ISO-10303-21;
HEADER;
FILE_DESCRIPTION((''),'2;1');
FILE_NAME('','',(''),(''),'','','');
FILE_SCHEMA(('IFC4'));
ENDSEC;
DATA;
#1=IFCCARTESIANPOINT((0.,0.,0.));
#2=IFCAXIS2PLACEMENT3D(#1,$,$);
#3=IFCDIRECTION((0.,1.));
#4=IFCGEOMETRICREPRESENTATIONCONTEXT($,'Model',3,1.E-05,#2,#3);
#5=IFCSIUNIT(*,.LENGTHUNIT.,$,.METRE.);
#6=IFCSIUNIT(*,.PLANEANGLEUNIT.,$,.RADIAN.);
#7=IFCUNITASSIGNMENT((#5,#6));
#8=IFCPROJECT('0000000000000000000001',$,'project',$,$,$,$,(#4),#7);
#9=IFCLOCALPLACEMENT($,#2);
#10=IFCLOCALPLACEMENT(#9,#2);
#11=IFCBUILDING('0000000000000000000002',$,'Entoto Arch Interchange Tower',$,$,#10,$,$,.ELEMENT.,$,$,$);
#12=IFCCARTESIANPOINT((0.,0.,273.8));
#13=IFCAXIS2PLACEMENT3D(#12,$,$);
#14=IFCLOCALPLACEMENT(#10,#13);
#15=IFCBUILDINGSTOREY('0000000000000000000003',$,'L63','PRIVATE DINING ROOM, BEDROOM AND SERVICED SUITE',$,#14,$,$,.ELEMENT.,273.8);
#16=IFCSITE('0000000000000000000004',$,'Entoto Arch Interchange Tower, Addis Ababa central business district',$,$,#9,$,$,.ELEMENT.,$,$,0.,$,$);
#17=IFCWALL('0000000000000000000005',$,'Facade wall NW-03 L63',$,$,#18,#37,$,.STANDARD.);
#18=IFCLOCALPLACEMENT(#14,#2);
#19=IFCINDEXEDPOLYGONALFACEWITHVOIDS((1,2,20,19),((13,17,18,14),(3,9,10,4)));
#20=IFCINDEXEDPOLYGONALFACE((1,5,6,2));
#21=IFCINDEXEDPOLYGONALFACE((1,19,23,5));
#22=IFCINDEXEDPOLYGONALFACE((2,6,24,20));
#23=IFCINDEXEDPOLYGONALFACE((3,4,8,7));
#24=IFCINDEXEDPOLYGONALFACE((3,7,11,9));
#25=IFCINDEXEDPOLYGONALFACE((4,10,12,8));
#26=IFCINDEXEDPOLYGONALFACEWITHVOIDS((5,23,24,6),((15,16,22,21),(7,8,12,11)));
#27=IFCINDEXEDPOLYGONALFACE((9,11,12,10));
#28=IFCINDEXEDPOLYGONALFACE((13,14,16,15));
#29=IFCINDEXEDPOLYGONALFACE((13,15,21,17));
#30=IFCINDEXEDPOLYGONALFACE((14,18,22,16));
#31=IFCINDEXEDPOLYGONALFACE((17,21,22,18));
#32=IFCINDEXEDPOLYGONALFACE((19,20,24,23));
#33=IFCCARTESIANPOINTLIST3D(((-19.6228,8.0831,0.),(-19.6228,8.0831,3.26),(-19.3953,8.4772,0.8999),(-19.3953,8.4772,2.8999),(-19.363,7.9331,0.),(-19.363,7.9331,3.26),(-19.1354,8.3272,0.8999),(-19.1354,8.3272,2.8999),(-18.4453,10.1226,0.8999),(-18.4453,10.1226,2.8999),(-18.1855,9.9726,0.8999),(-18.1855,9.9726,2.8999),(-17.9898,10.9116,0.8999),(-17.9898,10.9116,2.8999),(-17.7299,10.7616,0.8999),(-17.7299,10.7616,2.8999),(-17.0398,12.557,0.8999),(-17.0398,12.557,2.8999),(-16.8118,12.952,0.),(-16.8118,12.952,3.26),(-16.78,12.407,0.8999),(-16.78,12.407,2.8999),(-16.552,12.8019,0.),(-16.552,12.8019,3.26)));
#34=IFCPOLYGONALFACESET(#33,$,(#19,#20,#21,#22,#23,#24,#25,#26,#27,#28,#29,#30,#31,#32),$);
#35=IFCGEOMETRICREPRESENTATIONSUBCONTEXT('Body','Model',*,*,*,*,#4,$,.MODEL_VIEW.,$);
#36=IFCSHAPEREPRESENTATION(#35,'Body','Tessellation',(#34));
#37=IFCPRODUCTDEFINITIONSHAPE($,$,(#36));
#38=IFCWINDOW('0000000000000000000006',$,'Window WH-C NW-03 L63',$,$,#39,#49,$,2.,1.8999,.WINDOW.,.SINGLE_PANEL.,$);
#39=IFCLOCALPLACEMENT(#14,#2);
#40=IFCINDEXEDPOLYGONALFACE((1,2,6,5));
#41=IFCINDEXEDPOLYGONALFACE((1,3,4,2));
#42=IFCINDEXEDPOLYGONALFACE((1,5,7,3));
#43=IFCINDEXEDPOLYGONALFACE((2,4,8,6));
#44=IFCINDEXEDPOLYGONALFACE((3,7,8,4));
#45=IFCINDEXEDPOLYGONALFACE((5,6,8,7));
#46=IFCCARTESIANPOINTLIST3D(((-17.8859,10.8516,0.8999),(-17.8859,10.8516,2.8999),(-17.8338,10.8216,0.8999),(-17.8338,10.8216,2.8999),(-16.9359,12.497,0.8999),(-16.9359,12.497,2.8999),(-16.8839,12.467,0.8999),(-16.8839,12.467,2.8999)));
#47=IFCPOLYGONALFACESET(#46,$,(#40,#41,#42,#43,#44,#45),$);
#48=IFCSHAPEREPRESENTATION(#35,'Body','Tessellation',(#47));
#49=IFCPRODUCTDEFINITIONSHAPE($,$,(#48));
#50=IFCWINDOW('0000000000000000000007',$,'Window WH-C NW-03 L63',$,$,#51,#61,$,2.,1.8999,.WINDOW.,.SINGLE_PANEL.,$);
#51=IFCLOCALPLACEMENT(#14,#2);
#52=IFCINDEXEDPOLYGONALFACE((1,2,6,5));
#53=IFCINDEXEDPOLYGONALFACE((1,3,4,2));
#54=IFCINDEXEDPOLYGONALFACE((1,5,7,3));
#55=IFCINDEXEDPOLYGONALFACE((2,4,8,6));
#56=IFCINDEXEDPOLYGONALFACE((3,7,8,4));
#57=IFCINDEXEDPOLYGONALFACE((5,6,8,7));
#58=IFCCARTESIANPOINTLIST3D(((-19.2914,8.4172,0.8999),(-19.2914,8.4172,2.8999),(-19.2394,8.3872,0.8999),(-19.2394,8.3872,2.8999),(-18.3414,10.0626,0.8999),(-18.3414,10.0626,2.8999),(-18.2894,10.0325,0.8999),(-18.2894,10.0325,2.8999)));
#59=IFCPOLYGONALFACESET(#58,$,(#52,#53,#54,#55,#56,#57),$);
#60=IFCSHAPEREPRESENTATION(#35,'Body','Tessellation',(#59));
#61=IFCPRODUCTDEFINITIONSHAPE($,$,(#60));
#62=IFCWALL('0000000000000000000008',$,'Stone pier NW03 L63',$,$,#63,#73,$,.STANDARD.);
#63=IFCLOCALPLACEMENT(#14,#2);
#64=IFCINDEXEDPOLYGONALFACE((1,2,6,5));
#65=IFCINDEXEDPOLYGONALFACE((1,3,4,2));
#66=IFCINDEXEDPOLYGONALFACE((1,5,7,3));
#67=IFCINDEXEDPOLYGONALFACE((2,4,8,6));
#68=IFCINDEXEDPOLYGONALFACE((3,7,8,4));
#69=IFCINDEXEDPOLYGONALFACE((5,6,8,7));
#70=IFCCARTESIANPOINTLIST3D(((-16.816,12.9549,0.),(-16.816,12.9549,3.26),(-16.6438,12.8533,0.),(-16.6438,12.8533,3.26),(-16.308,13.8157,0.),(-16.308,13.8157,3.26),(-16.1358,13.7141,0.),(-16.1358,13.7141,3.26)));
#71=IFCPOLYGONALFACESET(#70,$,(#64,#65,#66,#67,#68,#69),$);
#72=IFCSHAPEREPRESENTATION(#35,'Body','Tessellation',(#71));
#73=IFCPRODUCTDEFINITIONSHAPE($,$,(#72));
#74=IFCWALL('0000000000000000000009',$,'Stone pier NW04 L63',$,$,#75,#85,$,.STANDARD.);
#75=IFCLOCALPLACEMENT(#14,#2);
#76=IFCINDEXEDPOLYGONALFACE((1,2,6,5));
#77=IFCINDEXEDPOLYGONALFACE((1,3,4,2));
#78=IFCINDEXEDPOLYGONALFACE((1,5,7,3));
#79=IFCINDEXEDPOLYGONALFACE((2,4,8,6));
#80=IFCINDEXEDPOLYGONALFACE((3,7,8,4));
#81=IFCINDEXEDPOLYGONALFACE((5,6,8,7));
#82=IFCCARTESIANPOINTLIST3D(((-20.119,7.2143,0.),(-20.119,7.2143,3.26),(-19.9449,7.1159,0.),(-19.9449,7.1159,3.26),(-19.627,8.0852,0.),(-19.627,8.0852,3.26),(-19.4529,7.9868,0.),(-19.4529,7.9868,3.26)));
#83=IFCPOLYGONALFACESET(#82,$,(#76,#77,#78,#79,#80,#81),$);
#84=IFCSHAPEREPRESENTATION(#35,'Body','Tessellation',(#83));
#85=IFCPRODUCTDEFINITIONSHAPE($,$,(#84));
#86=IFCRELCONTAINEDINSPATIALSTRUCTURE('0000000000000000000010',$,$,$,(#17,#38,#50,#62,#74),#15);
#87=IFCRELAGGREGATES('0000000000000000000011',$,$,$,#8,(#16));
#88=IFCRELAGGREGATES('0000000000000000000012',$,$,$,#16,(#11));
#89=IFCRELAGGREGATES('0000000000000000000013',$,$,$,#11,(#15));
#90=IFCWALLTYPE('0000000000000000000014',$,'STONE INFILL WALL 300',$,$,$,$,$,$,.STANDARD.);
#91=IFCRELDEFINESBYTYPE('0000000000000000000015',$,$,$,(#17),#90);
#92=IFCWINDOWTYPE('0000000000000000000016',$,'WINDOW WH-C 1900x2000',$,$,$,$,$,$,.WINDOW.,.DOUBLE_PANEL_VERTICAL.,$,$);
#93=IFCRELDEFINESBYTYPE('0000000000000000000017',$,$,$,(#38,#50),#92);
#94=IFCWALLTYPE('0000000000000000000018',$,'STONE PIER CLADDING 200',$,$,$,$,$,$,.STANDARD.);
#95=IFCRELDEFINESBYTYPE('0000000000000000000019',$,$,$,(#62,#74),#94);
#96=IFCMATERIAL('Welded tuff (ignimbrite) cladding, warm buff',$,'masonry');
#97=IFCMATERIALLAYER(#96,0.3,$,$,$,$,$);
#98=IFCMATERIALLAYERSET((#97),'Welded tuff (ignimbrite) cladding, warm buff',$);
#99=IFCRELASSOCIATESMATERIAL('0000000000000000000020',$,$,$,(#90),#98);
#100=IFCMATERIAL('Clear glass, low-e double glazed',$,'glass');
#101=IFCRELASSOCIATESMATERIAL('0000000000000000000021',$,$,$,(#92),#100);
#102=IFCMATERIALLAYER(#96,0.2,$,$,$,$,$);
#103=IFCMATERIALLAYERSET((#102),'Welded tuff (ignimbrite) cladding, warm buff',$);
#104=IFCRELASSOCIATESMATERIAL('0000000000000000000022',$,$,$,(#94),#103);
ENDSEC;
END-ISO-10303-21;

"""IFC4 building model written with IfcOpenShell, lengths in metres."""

from ifc_helpers import new_model, si_unit, direction, frame, frame_2d, origin, place, context, subcontext, project, spatial, rectangle, extrude, material, layer, layer_set, type_object, element, fill, save


model = new_model("IFC4")

# Units and contexts
model_context = context("Model", 3, precision=1e-05, world=origin(), true_north=direction((0.0, 1.0)))
body_context = subcontext(model_context, "Body", "Model", "MODEL_VIEW")
ifc_project = project(units=[si_unit("LENGTHUNIT", "METRE"), si_unit("PLANEANGLEUNIT", "RADIAN")], contexts=[model_context])

# Site, building, storey
site_placement = place(None, origin())
site = spatial("IfcSite", under=ifc_project, at=site_placement, Name="Entoto Arch Interchange Tower, Addis Ababa central business district", CompositionType="ELEMENT", RefElevation=0.0)
building_placement = place(site_placement, origin())
building = spatial("IfcBuilding", under=site, at=building_placement, Name="Entoto Arch Interchange Tower", CompositionType="ELEMENT")
storey_placement = place(building_placement, frame((0.0, 0.0, 273.8)))
storey = spatial("IfcBuildingStorey", under=building, at=storey_placement, Name="L63", Description="PRIVATE DINING ROOM, BEDROOM AND SERVICED SUITE", CompositionType="ELEMENT", Elevation=273.8)

# Wall, openings, windows
ifc_material_1 = material(Name="Welded tuff (ignimbrite) cladding, warm buff", Category="masonry")
ifc_layer_1 = layer(ifc_material_1, 0.3)
ifc_layer_set_1 = layer_set([ifc_layer_1], Name="Welded tuff (ignimbrite) cladding, warm buff")
wall_type_1 = type_object("IfcWallType", Name="STONE INFILL WALL 300", PredefinedType="STANDARD", material=ifc_layer_set_1)
wall_1_placement = place(storey_placement, frame((-16.6819, 12.877, 0.0), z_axis=(0.0, 0.0, 1.0), x_axis=(-0.499997, -0.866027, 0.0)))
wall_1 = element("IfcWall", 1, at=wall_1_placement, inside=storey, type_object=wall_type_1, Name="Facade wall NW-03 L63", PredefinedType="STANDARD", context=body_context, shape_type="SweptSolid", body=[
    extrude(rectangle(XDim=5.6221, YDim=0.3, at=frame_2d((2.811, 0.0))), origin(), (0.0, 0.0, 1.0), 3.26),
])
opening_1_placement = place(wall_1_placement, frame((0.4561, 0.0, 0.8999)))
opening_1 = element("IfcOpeningElement", 2, at=opening_1_placement, cuts=wall_1, PredefinedType="OPENING", context=body_context, shape_type="SweptSolid", body=[
    extrude(rectangle(XDim=1.8999, YDim=2.0, at=frame_2d((0.95, 1.0))), frame((0.0, 0.1602, 0.0), z_axis=(0.0, -1.0, 0.0), x_axis=(1.0, 0.0, 0.0)), (0.0, 0.0, 1.0), 0.3201),
])
opening_2_placement = place(wall_1_placement, frame((3.2671, 0.0, 0.8999)))
opening_2 = element("IfcOpeningElement", 3, at=opening_2_placement, cuts=wall_1, PredefinedType="OPENING", context=body_context, shape_type="SweptSolid", body=[
    extrude(rectangle(XDim=1.8999, YDim=2.0, at=frame_2d((0.95, 1.0))), frame((0.0, 0.1602, 0.0), z_axis=(0.0, -1.0, 0.0), x_axis=(1.0, 0.0, 0.0)), (0.0, 0.0, 1.0), 0.3201),
])
ifc_material_2 = material(Name="Clear glass, low-e double glazed", Category="glass")
window_type = type_object("IfcWindowType", Name="WINDOW WH-C 1900x2000", PartitioningType="DOUBLE_PANEL_VERTICAL", PredefinedType="WINDOW", material=ifc_material_2)
window_1_placement = place(opening_1_placement, origin())
window_1 = element("IfcWindow", 4, at=window_1_placement, inside=storey, type_object=window_type, Name="Window WH-C NW-03 L63", OverallHeight=2.0, OverallWidth=1.8999, PartitioningType="SINGLE_PANEL", PredefinedType="WINDOW", context=body_context, shape_type="SweptSolid", body=[
    extrude(rectangle(XDim=1.8999, YDim=2.0, at=frame_2d((0.95, 1.0))), frame((0.0, 0.03, 0.0), z_axis=(0.0, -1.0, 0.0), x_axis=(1.0, 0.0, 0.0)), (0.0, 0.0, 1.0), 0.0601),
])
fill(opening_1, window_1)
window_2_placement = place(opening_2_placement, origin())
window_2 = element("IfcWindow", 5, at=window_2_placement, inside=storey, type_object=window_type, Name="Window WH-C NW-03 L63", OverallHeight=2.0, OverallWidth=1.8999, PartitioningType="SINGLE_PANEL", PredefinedType="WINDOW", context=body_context, shape_type="SweptSolid", body=[
    extrude(rectangle(XDim=1.8999, YDim=2.0, at=frame_2d((0.95, 1.0))), frame((0.0, 0.03, 0.0), z_axis=(0.0, -1.0, 0.0), x_axis=(1.0, 0.0, 0.0)), (0.0, 0.0, 1.0), 0.0601),
])
fill(opening_2, window_2)

# Walls
ifc_layer_2 = layer(ifc_material_1, 0.2)
ifc_layer_set_2 = layer_set([ifc_layer_2], Name="Welded tuff (ignimbrite) cladding, warm buff")
wall_type_2 = type_object("IfcWallType", Name="STONE PIER CLADDING 200", PredefinedType="STANDARD", material=ifc_layer_set_2)
wall_2_placement = place(storey_placement, frame((-16.2219, 13.7649, 0.0), z_axis=(0.0, 0.0, 1.0), x_axis=(-0.508268, -0.861199, 0.0)))
element("IfcWall", 6, at=wall_2_placement, inside=storey, type_object=wall_type_2, Name="Stone pier NW03 L63", PredefinedType="STANDARD", context=body_context, shape_type="SweptSolid", body=[
    extrude(rectangle(XDim=0.9995, YDim=0.2, at=frame_2d((0.4998, 0.0))), origin(), (0.0, 0.0, 1.0), 3.26),
])
wall_3_placement = place(storey_placement, frame((-19.54, 8.0359, 0.0), z_axis=(0.0, 0.0, 1.0), x_axis=(-0.491848, -0.870681, 0.0)))
element("IfcWall", 7, at=wall_3_placement, inside=storey, type_object=wall_type_2, Name="Stone pier NW04 L63", PredefinedType="STANDARD", context=body_context, shape_type="SweptSolid", body=[
    extrude(rectangle(XDim=1.0002, YDim=0.2, at=frame_2d((0.5, 0.0))), origin(), (0.0, 0.0, 1.0), 3.26),
])

save(model, "model.ifc")
